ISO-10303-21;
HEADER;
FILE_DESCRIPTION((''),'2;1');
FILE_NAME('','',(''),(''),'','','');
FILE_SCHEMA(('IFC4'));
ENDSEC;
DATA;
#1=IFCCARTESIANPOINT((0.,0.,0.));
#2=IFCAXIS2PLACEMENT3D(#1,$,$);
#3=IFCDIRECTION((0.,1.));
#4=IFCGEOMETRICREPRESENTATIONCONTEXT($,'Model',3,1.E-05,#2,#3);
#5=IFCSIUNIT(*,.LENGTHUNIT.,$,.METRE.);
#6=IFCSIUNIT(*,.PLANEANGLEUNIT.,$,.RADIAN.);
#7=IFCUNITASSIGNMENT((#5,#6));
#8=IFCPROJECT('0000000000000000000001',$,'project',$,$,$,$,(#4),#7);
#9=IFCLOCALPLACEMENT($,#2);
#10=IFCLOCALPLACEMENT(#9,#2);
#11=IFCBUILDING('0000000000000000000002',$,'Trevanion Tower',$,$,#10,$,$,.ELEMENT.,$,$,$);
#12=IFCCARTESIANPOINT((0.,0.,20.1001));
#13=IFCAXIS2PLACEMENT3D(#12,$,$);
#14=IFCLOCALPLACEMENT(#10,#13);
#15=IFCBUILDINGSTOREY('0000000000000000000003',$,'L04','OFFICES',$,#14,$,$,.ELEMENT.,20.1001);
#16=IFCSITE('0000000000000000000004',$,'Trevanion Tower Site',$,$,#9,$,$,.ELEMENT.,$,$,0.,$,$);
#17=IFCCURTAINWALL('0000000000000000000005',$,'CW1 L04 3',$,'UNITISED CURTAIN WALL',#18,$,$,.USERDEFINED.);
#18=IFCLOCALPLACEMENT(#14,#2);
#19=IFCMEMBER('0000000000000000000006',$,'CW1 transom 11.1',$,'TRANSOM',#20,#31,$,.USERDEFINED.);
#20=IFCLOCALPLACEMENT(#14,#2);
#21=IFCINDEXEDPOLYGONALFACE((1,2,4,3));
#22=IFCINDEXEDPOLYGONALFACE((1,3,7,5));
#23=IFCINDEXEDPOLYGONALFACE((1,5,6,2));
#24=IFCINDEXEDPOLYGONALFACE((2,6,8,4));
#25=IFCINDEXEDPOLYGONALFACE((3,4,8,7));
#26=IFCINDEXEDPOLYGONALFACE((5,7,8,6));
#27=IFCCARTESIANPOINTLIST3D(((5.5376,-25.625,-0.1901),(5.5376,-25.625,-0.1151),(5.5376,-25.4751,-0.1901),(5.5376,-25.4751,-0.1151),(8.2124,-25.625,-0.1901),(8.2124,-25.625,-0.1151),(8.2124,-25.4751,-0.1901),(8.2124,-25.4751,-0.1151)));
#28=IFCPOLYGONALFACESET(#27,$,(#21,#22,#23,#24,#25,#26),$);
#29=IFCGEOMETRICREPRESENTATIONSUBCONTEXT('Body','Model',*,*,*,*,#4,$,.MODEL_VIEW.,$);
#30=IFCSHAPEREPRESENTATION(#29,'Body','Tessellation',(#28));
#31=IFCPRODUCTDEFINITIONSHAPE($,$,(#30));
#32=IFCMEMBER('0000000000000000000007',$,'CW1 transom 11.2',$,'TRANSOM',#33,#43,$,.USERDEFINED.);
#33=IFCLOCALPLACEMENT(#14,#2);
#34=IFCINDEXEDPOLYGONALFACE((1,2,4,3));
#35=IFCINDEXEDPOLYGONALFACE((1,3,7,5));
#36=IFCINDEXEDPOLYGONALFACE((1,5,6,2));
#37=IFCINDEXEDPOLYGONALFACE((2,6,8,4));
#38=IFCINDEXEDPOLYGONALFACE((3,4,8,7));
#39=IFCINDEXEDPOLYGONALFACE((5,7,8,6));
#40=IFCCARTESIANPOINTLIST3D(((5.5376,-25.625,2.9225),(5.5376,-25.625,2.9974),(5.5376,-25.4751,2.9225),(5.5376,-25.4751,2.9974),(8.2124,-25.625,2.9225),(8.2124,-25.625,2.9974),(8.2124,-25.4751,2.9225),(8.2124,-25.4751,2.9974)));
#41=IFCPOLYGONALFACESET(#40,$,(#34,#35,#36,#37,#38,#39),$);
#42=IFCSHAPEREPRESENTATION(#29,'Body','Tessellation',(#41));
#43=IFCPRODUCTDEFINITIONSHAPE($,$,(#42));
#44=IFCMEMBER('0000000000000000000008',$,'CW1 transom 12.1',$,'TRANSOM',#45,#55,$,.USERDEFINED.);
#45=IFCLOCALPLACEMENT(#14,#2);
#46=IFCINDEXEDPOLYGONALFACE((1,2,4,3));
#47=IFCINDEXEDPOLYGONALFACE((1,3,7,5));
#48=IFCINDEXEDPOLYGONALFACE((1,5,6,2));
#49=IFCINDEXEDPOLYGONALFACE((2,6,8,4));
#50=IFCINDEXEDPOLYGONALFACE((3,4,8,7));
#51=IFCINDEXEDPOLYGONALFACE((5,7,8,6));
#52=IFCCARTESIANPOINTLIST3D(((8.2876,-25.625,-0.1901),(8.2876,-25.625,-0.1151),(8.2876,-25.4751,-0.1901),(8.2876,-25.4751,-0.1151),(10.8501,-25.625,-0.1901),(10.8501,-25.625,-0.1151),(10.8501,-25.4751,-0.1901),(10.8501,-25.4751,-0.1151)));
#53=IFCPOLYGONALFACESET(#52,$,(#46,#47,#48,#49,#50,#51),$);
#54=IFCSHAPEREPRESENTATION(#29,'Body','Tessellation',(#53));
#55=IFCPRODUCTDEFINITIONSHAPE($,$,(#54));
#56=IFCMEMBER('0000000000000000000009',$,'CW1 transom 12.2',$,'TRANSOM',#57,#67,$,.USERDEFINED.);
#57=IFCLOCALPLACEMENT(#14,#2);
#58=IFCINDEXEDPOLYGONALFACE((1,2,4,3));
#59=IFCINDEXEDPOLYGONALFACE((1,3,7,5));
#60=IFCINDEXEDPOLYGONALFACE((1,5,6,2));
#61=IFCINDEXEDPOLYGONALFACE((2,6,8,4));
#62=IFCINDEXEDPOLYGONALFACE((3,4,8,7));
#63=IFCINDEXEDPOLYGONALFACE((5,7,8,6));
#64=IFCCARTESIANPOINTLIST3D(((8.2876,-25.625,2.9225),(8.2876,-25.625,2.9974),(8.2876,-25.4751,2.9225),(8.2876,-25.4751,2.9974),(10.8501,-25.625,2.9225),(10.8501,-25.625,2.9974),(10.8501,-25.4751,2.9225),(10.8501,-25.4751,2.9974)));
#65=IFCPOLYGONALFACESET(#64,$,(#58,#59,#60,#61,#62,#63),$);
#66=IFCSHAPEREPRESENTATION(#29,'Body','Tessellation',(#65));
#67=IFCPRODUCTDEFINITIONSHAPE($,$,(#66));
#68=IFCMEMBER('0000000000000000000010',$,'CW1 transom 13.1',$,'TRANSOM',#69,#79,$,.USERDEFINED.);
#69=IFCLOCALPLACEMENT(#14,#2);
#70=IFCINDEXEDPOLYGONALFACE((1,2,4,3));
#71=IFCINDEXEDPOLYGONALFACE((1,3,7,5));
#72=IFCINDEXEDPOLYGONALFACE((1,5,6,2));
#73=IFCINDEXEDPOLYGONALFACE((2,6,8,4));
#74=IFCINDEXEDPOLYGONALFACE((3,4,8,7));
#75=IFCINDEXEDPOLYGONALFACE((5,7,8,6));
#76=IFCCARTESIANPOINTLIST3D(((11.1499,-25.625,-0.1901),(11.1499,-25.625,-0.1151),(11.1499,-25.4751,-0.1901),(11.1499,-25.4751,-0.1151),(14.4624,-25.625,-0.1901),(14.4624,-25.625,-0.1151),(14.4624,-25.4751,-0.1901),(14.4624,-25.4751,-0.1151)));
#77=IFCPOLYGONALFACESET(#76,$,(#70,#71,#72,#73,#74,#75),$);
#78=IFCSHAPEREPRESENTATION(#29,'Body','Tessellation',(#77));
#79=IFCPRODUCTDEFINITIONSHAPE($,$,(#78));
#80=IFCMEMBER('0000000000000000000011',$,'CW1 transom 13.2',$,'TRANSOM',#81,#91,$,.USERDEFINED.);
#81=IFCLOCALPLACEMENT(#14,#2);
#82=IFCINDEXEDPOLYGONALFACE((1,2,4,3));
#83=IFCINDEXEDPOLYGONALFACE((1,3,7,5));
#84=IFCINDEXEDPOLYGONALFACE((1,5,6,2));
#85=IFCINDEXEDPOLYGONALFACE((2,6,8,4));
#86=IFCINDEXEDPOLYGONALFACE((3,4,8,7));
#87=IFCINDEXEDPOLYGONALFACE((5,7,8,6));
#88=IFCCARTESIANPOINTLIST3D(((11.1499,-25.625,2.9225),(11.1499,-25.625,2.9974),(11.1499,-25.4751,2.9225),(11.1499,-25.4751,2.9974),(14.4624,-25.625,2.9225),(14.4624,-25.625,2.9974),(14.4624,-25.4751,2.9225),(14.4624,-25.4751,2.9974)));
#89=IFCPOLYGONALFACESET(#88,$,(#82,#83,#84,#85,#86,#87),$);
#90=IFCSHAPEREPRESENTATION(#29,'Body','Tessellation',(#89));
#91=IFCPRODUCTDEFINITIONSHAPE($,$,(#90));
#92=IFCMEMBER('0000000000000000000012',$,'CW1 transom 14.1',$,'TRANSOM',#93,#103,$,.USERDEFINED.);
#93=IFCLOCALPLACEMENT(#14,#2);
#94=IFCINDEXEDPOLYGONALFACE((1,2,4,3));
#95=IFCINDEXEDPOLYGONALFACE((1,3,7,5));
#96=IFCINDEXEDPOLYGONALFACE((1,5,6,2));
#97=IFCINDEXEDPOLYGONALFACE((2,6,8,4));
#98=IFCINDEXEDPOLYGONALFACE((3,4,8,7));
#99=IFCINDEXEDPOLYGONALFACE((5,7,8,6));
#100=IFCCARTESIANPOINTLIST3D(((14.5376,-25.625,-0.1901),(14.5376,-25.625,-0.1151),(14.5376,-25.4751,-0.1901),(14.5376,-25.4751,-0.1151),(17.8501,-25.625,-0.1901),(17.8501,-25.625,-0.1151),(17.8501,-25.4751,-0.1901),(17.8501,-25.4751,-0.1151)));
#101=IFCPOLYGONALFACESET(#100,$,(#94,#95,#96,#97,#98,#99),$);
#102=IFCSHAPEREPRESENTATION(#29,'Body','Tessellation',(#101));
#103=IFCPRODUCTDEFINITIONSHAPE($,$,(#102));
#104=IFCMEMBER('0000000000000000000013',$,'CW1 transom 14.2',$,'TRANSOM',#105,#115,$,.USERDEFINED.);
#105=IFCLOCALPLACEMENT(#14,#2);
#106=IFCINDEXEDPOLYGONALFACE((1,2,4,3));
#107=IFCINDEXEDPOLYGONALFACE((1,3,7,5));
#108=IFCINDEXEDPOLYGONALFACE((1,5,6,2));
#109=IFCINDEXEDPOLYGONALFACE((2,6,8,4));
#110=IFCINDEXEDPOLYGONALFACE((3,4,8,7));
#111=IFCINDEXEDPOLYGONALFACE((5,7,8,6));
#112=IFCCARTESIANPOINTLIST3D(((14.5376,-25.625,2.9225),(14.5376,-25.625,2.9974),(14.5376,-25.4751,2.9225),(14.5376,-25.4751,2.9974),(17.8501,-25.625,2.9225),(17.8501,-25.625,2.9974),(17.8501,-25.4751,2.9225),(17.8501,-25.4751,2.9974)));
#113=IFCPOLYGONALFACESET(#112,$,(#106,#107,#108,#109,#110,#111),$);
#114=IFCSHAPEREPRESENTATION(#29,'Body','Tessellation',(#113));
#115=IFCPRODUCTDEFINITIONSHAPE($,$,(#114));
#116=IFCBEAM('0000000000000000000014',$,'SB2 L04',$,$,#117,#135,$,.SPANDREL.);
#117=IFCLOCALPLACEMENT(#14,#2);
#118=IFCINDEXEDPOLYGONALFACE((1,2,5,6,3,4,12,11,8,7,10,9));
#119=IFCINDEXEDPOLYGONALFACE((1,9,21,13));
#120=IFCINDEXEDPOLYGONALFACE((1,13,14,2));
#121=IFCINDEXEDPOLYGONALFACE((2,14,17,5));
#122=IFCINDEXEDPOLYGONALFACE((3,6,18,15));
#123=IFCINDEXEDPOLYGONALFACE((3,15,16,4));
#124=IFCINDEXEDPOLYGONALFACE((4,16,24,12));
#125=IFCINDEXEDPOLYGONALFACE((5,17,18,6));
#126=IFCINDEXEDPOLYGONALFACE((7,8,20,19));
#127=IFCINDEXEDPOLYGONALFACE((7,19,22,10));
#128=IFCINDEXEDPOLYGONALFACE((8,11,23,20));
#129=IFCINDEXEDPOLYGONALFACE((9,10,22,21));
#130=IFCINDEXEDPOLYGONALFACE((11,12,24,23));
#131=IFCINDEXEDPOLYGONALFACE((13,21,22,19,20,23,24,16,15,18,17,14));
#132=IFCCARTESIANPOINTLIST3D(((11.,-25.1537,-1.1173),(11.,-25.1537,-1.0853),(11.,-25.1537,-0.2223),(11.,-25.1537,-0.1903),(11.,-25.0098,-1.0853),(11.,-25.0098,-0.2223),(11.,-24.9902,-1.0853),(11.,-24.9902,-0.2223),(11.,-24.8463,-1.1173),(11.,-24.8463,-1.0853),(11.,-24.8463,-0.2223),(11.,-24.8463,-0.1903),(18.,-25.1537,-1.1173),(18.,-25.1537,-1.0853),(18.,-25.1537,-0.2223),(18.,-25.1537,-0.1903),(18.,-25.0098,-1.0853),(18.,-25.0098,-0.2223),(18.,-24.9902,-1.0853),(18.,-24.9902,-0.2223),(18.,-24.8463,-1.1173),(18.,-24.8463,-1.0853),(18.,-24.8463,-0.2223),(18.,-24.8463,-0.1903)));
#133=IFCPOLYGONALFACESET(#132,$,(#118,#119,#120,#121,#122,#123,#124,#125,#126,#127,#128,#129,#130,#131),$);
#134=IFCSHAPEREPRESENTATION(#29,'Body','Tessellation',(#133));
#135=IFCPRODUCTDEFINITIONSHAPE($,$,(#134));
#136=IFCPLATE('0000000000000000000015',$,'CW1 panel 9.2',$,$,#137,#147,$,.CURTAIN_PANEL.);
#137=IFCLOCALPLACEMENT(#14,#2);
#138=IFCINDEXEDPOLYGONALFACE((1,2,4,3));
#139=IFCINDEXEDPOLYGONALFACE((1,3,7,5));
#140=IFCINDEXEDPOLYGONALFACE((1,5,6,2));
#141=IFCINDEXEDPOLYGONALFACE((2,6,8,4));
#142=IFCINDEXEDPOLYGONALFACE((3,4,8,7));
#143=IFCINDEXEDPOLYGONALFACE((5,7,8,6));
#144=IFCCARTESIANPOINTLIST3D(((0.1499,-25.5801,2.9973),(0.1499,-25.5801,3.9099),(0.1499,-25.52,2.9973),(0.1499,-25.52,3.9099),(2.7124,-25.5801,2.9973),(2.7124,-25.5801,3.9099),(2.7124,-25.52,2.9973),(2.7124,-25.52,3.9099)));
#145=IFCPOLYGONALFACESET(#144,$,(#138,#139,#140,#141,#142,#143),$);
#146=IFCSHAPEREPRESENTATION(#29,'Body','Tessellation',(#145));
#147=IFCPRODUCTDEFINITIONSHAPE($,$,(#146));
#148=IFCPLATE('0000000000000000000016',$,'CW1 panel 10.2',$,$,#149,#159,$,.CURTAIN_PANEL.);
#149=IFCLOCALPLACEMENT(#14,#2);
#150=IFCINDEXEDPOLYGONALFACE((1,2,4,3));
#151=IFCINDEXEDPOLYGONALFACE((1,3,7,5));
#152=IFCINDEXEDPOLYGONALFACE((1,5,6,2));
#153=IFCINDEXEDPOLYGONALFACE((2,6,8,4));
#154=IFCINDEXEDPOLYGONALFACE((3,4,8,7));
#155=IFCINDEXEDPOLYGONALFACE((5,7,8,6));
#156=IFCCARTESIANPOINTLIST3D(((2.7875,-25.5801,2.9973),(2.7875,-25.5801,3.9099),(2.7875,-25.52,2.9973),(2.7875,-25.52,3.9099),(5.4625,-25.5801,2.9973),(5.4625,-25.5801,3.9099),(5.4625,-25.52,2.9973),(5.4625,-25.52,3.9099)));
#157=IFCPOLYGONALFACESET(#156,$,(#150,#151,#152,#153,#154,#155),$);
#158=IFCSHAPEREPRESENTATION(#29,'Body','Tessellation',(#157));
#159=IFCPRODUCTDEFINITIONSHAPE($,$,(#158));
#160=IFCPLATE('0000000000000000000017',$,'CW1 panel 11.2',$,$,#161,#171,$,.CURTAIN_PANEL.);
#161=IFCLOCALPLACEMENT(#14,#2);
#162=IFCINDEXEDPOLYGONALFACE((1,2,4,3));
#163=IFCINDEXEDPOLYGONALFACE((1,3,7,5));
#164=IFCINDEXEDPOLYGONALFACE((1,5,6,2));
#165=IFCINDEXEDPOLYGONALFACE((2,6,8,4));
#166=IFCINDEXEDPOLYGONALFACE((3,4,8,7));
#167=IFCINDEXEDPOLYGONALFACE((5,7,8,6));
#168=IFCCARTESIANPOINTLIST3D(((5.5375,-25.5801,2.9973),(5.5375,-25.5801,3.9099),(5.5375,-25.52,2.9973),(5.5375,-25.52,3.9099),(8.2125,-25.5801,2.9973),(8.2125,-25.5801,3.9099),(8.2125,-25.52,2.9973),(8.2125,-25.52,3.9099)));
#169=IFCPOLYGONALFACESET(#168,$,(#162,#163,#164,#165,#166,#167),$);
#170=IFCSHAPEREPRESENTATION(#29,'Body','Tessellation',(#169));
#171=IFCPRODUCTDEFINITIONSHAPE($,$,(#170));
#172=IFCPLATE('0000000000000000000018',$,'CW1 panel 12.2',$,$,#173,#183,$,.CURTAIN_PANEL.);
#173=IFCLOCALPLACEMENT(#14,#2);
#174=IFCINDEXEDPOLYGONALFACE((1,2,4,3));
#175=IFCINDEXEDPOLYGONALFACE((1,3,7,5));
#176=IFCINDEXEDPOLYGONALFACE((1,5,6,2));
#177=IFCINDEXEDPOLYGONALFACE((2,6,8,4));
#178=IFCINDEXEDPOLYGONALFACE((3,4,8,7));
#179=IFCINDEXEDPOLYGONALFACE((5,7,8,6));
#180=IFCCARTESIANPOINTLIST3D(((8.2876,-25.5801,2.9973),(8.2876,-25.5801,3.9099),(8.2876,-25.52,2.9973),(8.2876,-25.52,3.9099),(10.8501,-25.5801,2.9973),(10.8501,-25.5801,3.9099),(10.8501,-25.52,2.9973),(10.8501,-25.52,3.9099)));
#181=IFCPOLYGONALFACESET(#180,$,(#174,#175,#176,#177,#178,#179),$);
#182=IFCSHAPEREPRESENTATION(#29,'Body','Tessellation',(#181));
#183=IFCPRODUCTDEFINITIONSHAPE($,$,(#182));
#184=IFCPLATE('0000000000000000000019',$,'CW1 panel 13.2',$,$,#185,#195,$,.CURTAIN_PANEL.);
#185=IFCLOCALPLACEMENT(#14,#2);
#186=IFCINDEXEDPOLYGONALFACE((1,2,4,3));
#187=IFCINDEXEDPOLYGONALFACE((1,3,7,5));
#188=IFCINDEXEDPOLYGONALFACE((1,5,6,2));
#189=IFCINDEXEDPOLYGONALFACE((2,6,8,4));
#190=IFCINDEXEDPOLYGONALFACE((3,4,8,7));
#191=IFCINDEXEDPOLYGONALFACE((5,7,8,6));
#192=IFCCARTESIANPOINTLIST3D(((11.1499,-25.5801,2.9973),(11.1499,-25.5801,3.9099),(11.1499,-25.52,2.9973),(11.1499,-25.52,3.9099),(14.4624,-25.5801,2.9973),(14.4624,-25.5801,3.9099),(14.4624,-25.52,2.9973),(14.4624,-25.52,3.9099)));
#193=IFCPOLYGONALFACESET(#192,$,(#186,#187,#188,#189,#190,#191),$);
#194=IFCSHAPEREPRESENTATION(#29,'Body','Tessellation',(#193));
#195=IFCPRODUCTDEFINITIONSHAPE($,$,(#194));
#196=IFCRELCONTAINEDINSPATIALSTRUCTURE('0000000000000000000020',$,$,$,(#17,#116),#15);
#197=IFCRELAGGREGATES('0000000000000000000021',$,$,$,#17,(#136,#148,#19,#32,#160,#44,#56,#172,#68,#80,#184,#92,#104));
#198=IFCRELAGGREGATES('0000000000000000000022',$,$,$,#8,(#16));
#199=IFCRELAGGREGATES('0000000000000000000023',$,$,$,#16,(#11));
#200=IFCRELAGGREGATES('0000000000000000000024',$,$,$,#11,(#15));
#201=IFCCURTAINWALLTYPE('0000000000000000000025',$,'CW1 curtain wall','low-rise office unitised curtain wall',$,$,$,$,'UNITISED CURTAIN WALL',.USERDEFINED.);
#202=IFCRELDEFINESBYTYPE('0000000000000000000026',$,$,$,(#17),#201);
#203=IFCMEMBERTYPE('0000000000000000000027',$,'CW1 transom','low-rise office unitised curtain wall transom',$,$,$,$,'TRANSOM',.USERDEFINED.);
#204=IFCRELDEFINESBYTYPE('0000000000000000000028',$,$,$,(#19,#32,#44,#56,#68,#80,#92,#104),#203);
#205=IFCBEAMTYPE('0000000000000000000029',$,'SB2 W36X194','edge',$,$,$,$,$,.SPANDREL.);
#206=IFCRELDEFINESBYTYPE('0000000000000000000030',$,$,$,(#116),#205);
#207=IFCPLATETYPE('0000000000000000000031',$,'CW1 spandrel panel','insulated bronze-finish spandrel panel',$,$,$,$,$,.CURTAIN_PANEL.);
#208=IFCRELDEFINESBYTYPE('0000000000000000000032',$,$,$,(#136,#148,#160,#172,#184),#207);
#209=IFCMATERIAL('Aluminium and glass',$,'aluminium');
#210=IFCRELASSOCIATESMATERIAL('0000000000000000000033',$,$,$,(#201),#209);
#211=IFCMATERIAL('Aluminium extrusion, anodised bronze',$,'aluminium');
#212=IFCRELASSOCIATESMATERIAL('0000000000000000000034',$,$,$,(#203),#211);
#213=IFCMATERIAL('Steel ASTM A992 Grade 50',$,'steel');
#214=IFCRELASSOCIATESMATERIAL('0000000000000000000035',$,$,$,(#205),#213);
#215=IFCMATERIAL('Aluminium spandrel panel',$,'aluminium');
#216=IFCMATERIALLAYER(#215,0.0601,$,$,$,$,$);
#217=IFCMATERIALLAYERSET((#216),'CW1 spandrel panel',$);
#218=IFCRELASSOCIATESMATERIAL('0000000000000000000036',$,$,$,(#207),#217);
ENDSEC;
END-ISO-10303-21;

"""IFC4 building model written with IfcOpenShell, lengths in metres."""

from ifc_helpers import new_model, si_unit, direction, frame, origin, origin_2d, place, context, subcontext, project, spatial, rectangle, i_section, extrude, material, layer, layer_set, material_profile, profile_set, type_object, element, aggregate, save


model = new_model("IFC4")

# Units and contexts
model_context = context("Model", 3, precision=1e-05, world=origin(), true_north=direction((0.0, 1.0)))
body_context = subcontext(model_context, "Body", "Model", "MODEL_VIEW")
ifc_project = project(units=[si_unit("LENGTHUNIT", "METRE"), si_unit("PLANEANGLEUNIT", "RADIAN")], contexts=[model_context])

# Site, building, storey
site_placement = place(None, origin())
site = spatial("IfcSite", under=ifc_project, at=site_placement, Name="Trevanion Tower Site", CompositionType="ELEMENT", RefElevation=0.0)
building_placement = place(site_placement, origin())
building = spatial("IfcBuilding", under=site, at=building_placement, Name="Trevanion Tower", CompositionType="ELEMENT")
storey_placement = place(building_placement, frame((0.0, 0.0, 20.1001)))
storey = spatial("IfcBuildingStorey", under=building, at=storey_placement, Name="L04", Description="OFFICES", CompositionType="ELEMENT", Elevation=20.1001)

# Curtain wall, members
ifc_material_1 = material(Name="Aluminium and glass", Category="aluminium")
curtain_wall_type = type_object("IfcCurtainWallType", Name="CW1 curtain wall", Description="low-rise office unitised curtain wall", ElementType="UNITISED CURTAIN WALL", PredefinedType="USERDEFINED", material=ifc_material_1)
curtain_wall_placement = place(storey_placement, origin())
curtain_wall = element("IfcCurtainWall", 1, at=curtain_wall_placement, inside=storey, type_object=curtain_wall_type, Name="CW1 L04 3", ObjectType="UNITISED CURTAIN WALL", PredefinedType="USERDEFINED")
ifc_material_2 = material(Name="Aluminium extrusion, anodised bronze", Category="aluminium")
ifc_material_profile_1 = material_profile(ifc_material_2, rectangle(XDim=0.1499, YDim=0.075, at=origin_2d()), Name="CW1 transom")
ifc_profile_set_1 = profile_set([ifc_material_profile_1], Name="Aluminium extrusion, anodised bronze")
member_type_1 = type_object("IfcMemberType", Name="CW1 transom", Description="low-rise office unitised curtain wall transom", ElementType="TRANSOM", PredefinedType="USERDEFINED", material=ifc_profile_set_1)
member_1_placement = place(storey_placement, frame((5.5376, -25.55, -0.1526), z_axis=(1.0, 0.0, 0.0), x_axis=(0.0, 1.0, 0.0)))
member_1 = element("IfcMember", 2, at=member_1_placement, type_object=member_type_1, Name="CW1 transom 11.1", ObjectType="TRANSOM", PredefinedType="USERDEFINED", context=body_context, shape_type="SweptSolid", body=[
    extrude(rectangle(XDim=0.1499, YDim=0.075, at=origin_2d()), origin(), (0.0, 0.0, 1.0), 2.6748),
])
member_2_placement = place(storey_placement, frame((5.5376, -25.55, 2.96), z_axis=(1.0, 0.0, 0.0), x_axis=(0.0, 1.0, 0.0)))
member_2 = element("IfcMember", 3, at=member_2_placement, type_object=member_type_1, Name="CW1 transom 11.2", ObjectType="TRANSOM", PredefinedType="USERDEFINED", context=body_context, shape_type="SweptSolid", body=[
    extrude(rectangle(XDim=0.1499, YDim=0.075, at=origin_2d()), origin(), (0.0, 0.0, 1.0), 2.6748),
])
member_3_placement = place(storey_placement, frame((8.2876, -25.55, -0.1526), z_axis=(1.0, 0.0, 0.0), x_axis=(0.0, 1.0, 0.0)))
member_3 = element("IfcMember", 4, at=member_3_placement, type_object=member_type_1, Name="CW1 transom 12.1", ObjectType="TRANSOM", PredefinedType="USERDEFINED", context=body_context, shape_type="SweptSolid", body=[
    extrude(rectangle(XDim=0.1499, YDim=0.075, at=origin_2d()), origin(), (0.0, 0.0, 1.0), 2.5625),
])
member_4_placement = place(storey_placement, frame((8.2876, -25.55, 2.96), z_axis=(1.0, 0.0, 0.0), x_axis=(0.0, 1.0, 0.0)))
member_4 = element("IfcMember", 5, at=member_4_placement, type_object=member_type_1, Name="CW1 transom 12.2", ObjectType="TRANSOM", PredefinedType="USERDEFINED", context=body_context, shape_type="SweptSolid", body=[
    extrude(rectangle(XDim=0.1499, YDim=0.075, at=origin_2d()), origin(), (0.0, 0.0, 1.0), 2.5625),
])
member_5_placement = place(storey_placement, frame((11.1499, -25.55, -0.1526), z_axis=(1.0, 0.0, 0.0), x_axis=(0.0, 1.0, 0.0)))
member_5 = element("IfcMember", 6, at=member_5_placement, type_object=member_type_1, Name="CW1 transom 13.1", ObjectType="TRANSOM", PredefinedType="USERDEFINED", context=body_context, shape_type="SweptSolid", body=[
    extrude(rectangle(XDim=0.1499, YDim=0.075, at=origin_2d()), origin(), (0.0, 0.0, 1.0), 3.3125),
])
member_6_placement = place(storey_placement, frame((11.1499, -25.55, 2.96), z_axis=(1.0, 0.0, 0.0), x_axis=(0.0, 1.0, 0.0)))
member_6 = element("IfcMember", 7, at=member_6_placement, type_object=member_type_1, Name="CW1 transom 13.2", ObjectType="TRANSOM", PredefinedType="USERDEFINED", context=body_context, shape_type="SweptSolid", body=[
    extrude(rectangle(XDim=0.1499, YDim=0.075, at=origin_2d()), origin(), (0.0, 0.0, 1.0), 3.3125),
])
member_7_placement = place(storey_placement, frame((14.5376, -25.55, -0.1526), z_axis=(1.0, 0.0, 0.0), x_axis=(0.0, 1.0, 0.0)))
member_7 = element("IfcMember", 8, at=member_7_placement, type_object=member_type_1, Name="CW1 transom 14.1", ObjectType="TRANSOM", PredefinedType="USERDEFINED", context=body_context, shape_type="SweptSolid", body=[
    extrude(rectangle(XDim=0.1499, YDim=0.075, at=origin_2d()), origin(), (0.0, 0.0, 1.0), 3.3125),
])
member_8_placement = place(storey_placement, frame((14.5376, -25.55, 2.96), z_axis=(1.0, 0.0, 0.0), x_axis=(0.0, 1.0, 0.0)))
member_8 = element("IfcMember", 9, at=member_8_placement, type_object=member_type_1, Name="CW1 transom 14.2", ObjectType="TRANSOM", PredefinedType="USERDEFINED", context=body_context, shape_type="SweptSolid", body=[
    extrude(rectangle(XDim=0.1499, YDim=0.075, at=origin_2d()), origin(), (0.0, 0.0, 1.0), 3.3125),
])

# Beam
ifc_material_3 = material(Name="Steel ASTM A992 Grade 50", Category="steel")
ifc_material_profile_2 = material_profile(ifc_material_3, i_section(OverallWidth=0.3074, OverallDepth=0.927, WebThickness=0.0195, FlangeThickness=0.032, at=origin_2d()), Name="W36X194")
ifc_profile_set_2 = profile_set([ifc_material_profile_2], Name="Steel ASTM A992 Grade 50")
beam_type_1 = type_object("IfcBeamType", Name="SB2 W36X194", Description="edge", PredefinedType="SPANDREL", material=ifc_profile_set_2)
beam_placement = place(storey_placement, frame((11.0, -25.0, -0.6538), z_axis=(1.0, 0.0, 0.0), x_axis=(0.0, 1.0, 0.0)))
element("IfcBeam", 10, at=beam_placement, inside=storey, type_object=beam_type_1, Name="SB2 L04", PredefinedType="SPANDREL", context=body_context, shape_type="SweptSolid", body=[
    extrude(i_section(OverallWidth=0.3074, OverallDepth=0.927, WebThickness=0.0195, FlangeThickness=0.032, at=origin_2d()), origin(), (0.0, 0.0, 1.0), 7.0),
])

# Plates
ifc_material_4 = material(Name="Aluminium spandrel panel", Category="aluminium")
ifc_layer_1 = layer(ifc_material_4, 0.0601)
ifc_layer_set_1 = layer_set([ifc_layer_1], Name="CW1 spandrel panel")
plate_type_1 = type_object("IfcPlateType", Name="CW1 spandrel panel", Description="insulated bronze-finish spandrel panel", PredefinedType="CURTAIN_PANEL", material=ifc_layer_set_1)
plate_1_placement = place(storey_placement, frame((1.4312, -25.55, 2.9973), z_axis=(0.0, 0.0, 1.0), x_axis=(1.0, 0.0, 0.0)))
plate_1 = element("IfcPlate", 11, at=plate_1_placement, type_object=plate_type_1, Name="CW1 panel 9.2", PredefinedType="CURTAIN_PANEL", context=body_context, shape_type="SweptSolid", body=[
    extrude(rectangle(XDim=2.5625, YDim=0.0601, at=origin_2d()), origin(), (0.0, 0.0, 1.0), 0.9126),
])
plate_2_placement = place(storey_placement, frame((4.125, -25.55, 2.9973), z_axis=(0.0, 0.0, 1.0), x_axis=(1.0, 0.0, 0.0)))
plate_2 = element("IfcPlate", 12, at=plate_2_placement, type_object=plate_type_1, Name="CW1 panel 10.2", PredefinedType="CURTAIN_PANEL", context=body_context, shape_type="SweptSolid", body=[
    extrude(rectangle(XDim=2.675, YDim=0.0601, at=origin_2d()), origin(), (0.0, 0.0, 1.0), 0.9126),
])
plate_3_placement = place(storey_placement, frame((6.875, -25.55, 2.9973), z_axis=(0.0, 0.0, 1.0), x_axis=(1.0, 0.0, 0.0)))
plate_3 = element("IfcPlate", 13, at=plate_3_placement, type_object=plate_type_1, Name="CW1 panel 11.2", PredefinedType="CURTAIN_PANEL", context=body_context, shape_type="SweptSolid", body=[
    extrude(rectangle(XDim=2.675, YDim=0.0601, at=origin_2d()), origin(), (0.0, 0.0, 1.0), 0.9126),
])
plate_4_placement = place(storey_placement, frame((9.5688, -25.55, 2.9973), z_axis=(0.0, 0.0, 1.0), x_axis=(1.0, 0.0, 0.0)))
plate_4 = element("IfcPlate", 14, at=plate_4_placement, type_object=plate_type_1, Name="CW1 panel 12.2", PredefinedType="CURTAIN_PANEL", context=body_context, shape_type="SweptSolid", body=[
    extrude(rectangle(XDim=2.5625, YDim=0.0601, at=origin_2d()), origin(), (0.0, 0.0, 1.0), 0.9126),
])
plate_5_placement = place(storey_placement, frame((12.8062, -25.55, 2.9973), z_axis=(0.0, 0.0, 1.0), x_axis=(1.0, 0.0, 0.0)))
plate_5 = element("IfcPlate", 15, at=plate_5_placement, type_object=plate_type_1, Name="CW1 panel 13.2", PredefinedType="CURTAIN_PANEL", context=body_context, shape_type="SweptSolid", body=[
    extrude(rectangle(XDim=3.3125, YDim=0.0601, at=origin_2d()), origin(), (0.0, 0.0, 1.0), 0.9126),
])
aggregate(curtain_wall, [plate_1, plate_2, member_1, member_2, plate_3, member_3, member_4, plate_4, member_5, member_6, plate_5, member_7, member_8])

save(model, "model.ifc")
